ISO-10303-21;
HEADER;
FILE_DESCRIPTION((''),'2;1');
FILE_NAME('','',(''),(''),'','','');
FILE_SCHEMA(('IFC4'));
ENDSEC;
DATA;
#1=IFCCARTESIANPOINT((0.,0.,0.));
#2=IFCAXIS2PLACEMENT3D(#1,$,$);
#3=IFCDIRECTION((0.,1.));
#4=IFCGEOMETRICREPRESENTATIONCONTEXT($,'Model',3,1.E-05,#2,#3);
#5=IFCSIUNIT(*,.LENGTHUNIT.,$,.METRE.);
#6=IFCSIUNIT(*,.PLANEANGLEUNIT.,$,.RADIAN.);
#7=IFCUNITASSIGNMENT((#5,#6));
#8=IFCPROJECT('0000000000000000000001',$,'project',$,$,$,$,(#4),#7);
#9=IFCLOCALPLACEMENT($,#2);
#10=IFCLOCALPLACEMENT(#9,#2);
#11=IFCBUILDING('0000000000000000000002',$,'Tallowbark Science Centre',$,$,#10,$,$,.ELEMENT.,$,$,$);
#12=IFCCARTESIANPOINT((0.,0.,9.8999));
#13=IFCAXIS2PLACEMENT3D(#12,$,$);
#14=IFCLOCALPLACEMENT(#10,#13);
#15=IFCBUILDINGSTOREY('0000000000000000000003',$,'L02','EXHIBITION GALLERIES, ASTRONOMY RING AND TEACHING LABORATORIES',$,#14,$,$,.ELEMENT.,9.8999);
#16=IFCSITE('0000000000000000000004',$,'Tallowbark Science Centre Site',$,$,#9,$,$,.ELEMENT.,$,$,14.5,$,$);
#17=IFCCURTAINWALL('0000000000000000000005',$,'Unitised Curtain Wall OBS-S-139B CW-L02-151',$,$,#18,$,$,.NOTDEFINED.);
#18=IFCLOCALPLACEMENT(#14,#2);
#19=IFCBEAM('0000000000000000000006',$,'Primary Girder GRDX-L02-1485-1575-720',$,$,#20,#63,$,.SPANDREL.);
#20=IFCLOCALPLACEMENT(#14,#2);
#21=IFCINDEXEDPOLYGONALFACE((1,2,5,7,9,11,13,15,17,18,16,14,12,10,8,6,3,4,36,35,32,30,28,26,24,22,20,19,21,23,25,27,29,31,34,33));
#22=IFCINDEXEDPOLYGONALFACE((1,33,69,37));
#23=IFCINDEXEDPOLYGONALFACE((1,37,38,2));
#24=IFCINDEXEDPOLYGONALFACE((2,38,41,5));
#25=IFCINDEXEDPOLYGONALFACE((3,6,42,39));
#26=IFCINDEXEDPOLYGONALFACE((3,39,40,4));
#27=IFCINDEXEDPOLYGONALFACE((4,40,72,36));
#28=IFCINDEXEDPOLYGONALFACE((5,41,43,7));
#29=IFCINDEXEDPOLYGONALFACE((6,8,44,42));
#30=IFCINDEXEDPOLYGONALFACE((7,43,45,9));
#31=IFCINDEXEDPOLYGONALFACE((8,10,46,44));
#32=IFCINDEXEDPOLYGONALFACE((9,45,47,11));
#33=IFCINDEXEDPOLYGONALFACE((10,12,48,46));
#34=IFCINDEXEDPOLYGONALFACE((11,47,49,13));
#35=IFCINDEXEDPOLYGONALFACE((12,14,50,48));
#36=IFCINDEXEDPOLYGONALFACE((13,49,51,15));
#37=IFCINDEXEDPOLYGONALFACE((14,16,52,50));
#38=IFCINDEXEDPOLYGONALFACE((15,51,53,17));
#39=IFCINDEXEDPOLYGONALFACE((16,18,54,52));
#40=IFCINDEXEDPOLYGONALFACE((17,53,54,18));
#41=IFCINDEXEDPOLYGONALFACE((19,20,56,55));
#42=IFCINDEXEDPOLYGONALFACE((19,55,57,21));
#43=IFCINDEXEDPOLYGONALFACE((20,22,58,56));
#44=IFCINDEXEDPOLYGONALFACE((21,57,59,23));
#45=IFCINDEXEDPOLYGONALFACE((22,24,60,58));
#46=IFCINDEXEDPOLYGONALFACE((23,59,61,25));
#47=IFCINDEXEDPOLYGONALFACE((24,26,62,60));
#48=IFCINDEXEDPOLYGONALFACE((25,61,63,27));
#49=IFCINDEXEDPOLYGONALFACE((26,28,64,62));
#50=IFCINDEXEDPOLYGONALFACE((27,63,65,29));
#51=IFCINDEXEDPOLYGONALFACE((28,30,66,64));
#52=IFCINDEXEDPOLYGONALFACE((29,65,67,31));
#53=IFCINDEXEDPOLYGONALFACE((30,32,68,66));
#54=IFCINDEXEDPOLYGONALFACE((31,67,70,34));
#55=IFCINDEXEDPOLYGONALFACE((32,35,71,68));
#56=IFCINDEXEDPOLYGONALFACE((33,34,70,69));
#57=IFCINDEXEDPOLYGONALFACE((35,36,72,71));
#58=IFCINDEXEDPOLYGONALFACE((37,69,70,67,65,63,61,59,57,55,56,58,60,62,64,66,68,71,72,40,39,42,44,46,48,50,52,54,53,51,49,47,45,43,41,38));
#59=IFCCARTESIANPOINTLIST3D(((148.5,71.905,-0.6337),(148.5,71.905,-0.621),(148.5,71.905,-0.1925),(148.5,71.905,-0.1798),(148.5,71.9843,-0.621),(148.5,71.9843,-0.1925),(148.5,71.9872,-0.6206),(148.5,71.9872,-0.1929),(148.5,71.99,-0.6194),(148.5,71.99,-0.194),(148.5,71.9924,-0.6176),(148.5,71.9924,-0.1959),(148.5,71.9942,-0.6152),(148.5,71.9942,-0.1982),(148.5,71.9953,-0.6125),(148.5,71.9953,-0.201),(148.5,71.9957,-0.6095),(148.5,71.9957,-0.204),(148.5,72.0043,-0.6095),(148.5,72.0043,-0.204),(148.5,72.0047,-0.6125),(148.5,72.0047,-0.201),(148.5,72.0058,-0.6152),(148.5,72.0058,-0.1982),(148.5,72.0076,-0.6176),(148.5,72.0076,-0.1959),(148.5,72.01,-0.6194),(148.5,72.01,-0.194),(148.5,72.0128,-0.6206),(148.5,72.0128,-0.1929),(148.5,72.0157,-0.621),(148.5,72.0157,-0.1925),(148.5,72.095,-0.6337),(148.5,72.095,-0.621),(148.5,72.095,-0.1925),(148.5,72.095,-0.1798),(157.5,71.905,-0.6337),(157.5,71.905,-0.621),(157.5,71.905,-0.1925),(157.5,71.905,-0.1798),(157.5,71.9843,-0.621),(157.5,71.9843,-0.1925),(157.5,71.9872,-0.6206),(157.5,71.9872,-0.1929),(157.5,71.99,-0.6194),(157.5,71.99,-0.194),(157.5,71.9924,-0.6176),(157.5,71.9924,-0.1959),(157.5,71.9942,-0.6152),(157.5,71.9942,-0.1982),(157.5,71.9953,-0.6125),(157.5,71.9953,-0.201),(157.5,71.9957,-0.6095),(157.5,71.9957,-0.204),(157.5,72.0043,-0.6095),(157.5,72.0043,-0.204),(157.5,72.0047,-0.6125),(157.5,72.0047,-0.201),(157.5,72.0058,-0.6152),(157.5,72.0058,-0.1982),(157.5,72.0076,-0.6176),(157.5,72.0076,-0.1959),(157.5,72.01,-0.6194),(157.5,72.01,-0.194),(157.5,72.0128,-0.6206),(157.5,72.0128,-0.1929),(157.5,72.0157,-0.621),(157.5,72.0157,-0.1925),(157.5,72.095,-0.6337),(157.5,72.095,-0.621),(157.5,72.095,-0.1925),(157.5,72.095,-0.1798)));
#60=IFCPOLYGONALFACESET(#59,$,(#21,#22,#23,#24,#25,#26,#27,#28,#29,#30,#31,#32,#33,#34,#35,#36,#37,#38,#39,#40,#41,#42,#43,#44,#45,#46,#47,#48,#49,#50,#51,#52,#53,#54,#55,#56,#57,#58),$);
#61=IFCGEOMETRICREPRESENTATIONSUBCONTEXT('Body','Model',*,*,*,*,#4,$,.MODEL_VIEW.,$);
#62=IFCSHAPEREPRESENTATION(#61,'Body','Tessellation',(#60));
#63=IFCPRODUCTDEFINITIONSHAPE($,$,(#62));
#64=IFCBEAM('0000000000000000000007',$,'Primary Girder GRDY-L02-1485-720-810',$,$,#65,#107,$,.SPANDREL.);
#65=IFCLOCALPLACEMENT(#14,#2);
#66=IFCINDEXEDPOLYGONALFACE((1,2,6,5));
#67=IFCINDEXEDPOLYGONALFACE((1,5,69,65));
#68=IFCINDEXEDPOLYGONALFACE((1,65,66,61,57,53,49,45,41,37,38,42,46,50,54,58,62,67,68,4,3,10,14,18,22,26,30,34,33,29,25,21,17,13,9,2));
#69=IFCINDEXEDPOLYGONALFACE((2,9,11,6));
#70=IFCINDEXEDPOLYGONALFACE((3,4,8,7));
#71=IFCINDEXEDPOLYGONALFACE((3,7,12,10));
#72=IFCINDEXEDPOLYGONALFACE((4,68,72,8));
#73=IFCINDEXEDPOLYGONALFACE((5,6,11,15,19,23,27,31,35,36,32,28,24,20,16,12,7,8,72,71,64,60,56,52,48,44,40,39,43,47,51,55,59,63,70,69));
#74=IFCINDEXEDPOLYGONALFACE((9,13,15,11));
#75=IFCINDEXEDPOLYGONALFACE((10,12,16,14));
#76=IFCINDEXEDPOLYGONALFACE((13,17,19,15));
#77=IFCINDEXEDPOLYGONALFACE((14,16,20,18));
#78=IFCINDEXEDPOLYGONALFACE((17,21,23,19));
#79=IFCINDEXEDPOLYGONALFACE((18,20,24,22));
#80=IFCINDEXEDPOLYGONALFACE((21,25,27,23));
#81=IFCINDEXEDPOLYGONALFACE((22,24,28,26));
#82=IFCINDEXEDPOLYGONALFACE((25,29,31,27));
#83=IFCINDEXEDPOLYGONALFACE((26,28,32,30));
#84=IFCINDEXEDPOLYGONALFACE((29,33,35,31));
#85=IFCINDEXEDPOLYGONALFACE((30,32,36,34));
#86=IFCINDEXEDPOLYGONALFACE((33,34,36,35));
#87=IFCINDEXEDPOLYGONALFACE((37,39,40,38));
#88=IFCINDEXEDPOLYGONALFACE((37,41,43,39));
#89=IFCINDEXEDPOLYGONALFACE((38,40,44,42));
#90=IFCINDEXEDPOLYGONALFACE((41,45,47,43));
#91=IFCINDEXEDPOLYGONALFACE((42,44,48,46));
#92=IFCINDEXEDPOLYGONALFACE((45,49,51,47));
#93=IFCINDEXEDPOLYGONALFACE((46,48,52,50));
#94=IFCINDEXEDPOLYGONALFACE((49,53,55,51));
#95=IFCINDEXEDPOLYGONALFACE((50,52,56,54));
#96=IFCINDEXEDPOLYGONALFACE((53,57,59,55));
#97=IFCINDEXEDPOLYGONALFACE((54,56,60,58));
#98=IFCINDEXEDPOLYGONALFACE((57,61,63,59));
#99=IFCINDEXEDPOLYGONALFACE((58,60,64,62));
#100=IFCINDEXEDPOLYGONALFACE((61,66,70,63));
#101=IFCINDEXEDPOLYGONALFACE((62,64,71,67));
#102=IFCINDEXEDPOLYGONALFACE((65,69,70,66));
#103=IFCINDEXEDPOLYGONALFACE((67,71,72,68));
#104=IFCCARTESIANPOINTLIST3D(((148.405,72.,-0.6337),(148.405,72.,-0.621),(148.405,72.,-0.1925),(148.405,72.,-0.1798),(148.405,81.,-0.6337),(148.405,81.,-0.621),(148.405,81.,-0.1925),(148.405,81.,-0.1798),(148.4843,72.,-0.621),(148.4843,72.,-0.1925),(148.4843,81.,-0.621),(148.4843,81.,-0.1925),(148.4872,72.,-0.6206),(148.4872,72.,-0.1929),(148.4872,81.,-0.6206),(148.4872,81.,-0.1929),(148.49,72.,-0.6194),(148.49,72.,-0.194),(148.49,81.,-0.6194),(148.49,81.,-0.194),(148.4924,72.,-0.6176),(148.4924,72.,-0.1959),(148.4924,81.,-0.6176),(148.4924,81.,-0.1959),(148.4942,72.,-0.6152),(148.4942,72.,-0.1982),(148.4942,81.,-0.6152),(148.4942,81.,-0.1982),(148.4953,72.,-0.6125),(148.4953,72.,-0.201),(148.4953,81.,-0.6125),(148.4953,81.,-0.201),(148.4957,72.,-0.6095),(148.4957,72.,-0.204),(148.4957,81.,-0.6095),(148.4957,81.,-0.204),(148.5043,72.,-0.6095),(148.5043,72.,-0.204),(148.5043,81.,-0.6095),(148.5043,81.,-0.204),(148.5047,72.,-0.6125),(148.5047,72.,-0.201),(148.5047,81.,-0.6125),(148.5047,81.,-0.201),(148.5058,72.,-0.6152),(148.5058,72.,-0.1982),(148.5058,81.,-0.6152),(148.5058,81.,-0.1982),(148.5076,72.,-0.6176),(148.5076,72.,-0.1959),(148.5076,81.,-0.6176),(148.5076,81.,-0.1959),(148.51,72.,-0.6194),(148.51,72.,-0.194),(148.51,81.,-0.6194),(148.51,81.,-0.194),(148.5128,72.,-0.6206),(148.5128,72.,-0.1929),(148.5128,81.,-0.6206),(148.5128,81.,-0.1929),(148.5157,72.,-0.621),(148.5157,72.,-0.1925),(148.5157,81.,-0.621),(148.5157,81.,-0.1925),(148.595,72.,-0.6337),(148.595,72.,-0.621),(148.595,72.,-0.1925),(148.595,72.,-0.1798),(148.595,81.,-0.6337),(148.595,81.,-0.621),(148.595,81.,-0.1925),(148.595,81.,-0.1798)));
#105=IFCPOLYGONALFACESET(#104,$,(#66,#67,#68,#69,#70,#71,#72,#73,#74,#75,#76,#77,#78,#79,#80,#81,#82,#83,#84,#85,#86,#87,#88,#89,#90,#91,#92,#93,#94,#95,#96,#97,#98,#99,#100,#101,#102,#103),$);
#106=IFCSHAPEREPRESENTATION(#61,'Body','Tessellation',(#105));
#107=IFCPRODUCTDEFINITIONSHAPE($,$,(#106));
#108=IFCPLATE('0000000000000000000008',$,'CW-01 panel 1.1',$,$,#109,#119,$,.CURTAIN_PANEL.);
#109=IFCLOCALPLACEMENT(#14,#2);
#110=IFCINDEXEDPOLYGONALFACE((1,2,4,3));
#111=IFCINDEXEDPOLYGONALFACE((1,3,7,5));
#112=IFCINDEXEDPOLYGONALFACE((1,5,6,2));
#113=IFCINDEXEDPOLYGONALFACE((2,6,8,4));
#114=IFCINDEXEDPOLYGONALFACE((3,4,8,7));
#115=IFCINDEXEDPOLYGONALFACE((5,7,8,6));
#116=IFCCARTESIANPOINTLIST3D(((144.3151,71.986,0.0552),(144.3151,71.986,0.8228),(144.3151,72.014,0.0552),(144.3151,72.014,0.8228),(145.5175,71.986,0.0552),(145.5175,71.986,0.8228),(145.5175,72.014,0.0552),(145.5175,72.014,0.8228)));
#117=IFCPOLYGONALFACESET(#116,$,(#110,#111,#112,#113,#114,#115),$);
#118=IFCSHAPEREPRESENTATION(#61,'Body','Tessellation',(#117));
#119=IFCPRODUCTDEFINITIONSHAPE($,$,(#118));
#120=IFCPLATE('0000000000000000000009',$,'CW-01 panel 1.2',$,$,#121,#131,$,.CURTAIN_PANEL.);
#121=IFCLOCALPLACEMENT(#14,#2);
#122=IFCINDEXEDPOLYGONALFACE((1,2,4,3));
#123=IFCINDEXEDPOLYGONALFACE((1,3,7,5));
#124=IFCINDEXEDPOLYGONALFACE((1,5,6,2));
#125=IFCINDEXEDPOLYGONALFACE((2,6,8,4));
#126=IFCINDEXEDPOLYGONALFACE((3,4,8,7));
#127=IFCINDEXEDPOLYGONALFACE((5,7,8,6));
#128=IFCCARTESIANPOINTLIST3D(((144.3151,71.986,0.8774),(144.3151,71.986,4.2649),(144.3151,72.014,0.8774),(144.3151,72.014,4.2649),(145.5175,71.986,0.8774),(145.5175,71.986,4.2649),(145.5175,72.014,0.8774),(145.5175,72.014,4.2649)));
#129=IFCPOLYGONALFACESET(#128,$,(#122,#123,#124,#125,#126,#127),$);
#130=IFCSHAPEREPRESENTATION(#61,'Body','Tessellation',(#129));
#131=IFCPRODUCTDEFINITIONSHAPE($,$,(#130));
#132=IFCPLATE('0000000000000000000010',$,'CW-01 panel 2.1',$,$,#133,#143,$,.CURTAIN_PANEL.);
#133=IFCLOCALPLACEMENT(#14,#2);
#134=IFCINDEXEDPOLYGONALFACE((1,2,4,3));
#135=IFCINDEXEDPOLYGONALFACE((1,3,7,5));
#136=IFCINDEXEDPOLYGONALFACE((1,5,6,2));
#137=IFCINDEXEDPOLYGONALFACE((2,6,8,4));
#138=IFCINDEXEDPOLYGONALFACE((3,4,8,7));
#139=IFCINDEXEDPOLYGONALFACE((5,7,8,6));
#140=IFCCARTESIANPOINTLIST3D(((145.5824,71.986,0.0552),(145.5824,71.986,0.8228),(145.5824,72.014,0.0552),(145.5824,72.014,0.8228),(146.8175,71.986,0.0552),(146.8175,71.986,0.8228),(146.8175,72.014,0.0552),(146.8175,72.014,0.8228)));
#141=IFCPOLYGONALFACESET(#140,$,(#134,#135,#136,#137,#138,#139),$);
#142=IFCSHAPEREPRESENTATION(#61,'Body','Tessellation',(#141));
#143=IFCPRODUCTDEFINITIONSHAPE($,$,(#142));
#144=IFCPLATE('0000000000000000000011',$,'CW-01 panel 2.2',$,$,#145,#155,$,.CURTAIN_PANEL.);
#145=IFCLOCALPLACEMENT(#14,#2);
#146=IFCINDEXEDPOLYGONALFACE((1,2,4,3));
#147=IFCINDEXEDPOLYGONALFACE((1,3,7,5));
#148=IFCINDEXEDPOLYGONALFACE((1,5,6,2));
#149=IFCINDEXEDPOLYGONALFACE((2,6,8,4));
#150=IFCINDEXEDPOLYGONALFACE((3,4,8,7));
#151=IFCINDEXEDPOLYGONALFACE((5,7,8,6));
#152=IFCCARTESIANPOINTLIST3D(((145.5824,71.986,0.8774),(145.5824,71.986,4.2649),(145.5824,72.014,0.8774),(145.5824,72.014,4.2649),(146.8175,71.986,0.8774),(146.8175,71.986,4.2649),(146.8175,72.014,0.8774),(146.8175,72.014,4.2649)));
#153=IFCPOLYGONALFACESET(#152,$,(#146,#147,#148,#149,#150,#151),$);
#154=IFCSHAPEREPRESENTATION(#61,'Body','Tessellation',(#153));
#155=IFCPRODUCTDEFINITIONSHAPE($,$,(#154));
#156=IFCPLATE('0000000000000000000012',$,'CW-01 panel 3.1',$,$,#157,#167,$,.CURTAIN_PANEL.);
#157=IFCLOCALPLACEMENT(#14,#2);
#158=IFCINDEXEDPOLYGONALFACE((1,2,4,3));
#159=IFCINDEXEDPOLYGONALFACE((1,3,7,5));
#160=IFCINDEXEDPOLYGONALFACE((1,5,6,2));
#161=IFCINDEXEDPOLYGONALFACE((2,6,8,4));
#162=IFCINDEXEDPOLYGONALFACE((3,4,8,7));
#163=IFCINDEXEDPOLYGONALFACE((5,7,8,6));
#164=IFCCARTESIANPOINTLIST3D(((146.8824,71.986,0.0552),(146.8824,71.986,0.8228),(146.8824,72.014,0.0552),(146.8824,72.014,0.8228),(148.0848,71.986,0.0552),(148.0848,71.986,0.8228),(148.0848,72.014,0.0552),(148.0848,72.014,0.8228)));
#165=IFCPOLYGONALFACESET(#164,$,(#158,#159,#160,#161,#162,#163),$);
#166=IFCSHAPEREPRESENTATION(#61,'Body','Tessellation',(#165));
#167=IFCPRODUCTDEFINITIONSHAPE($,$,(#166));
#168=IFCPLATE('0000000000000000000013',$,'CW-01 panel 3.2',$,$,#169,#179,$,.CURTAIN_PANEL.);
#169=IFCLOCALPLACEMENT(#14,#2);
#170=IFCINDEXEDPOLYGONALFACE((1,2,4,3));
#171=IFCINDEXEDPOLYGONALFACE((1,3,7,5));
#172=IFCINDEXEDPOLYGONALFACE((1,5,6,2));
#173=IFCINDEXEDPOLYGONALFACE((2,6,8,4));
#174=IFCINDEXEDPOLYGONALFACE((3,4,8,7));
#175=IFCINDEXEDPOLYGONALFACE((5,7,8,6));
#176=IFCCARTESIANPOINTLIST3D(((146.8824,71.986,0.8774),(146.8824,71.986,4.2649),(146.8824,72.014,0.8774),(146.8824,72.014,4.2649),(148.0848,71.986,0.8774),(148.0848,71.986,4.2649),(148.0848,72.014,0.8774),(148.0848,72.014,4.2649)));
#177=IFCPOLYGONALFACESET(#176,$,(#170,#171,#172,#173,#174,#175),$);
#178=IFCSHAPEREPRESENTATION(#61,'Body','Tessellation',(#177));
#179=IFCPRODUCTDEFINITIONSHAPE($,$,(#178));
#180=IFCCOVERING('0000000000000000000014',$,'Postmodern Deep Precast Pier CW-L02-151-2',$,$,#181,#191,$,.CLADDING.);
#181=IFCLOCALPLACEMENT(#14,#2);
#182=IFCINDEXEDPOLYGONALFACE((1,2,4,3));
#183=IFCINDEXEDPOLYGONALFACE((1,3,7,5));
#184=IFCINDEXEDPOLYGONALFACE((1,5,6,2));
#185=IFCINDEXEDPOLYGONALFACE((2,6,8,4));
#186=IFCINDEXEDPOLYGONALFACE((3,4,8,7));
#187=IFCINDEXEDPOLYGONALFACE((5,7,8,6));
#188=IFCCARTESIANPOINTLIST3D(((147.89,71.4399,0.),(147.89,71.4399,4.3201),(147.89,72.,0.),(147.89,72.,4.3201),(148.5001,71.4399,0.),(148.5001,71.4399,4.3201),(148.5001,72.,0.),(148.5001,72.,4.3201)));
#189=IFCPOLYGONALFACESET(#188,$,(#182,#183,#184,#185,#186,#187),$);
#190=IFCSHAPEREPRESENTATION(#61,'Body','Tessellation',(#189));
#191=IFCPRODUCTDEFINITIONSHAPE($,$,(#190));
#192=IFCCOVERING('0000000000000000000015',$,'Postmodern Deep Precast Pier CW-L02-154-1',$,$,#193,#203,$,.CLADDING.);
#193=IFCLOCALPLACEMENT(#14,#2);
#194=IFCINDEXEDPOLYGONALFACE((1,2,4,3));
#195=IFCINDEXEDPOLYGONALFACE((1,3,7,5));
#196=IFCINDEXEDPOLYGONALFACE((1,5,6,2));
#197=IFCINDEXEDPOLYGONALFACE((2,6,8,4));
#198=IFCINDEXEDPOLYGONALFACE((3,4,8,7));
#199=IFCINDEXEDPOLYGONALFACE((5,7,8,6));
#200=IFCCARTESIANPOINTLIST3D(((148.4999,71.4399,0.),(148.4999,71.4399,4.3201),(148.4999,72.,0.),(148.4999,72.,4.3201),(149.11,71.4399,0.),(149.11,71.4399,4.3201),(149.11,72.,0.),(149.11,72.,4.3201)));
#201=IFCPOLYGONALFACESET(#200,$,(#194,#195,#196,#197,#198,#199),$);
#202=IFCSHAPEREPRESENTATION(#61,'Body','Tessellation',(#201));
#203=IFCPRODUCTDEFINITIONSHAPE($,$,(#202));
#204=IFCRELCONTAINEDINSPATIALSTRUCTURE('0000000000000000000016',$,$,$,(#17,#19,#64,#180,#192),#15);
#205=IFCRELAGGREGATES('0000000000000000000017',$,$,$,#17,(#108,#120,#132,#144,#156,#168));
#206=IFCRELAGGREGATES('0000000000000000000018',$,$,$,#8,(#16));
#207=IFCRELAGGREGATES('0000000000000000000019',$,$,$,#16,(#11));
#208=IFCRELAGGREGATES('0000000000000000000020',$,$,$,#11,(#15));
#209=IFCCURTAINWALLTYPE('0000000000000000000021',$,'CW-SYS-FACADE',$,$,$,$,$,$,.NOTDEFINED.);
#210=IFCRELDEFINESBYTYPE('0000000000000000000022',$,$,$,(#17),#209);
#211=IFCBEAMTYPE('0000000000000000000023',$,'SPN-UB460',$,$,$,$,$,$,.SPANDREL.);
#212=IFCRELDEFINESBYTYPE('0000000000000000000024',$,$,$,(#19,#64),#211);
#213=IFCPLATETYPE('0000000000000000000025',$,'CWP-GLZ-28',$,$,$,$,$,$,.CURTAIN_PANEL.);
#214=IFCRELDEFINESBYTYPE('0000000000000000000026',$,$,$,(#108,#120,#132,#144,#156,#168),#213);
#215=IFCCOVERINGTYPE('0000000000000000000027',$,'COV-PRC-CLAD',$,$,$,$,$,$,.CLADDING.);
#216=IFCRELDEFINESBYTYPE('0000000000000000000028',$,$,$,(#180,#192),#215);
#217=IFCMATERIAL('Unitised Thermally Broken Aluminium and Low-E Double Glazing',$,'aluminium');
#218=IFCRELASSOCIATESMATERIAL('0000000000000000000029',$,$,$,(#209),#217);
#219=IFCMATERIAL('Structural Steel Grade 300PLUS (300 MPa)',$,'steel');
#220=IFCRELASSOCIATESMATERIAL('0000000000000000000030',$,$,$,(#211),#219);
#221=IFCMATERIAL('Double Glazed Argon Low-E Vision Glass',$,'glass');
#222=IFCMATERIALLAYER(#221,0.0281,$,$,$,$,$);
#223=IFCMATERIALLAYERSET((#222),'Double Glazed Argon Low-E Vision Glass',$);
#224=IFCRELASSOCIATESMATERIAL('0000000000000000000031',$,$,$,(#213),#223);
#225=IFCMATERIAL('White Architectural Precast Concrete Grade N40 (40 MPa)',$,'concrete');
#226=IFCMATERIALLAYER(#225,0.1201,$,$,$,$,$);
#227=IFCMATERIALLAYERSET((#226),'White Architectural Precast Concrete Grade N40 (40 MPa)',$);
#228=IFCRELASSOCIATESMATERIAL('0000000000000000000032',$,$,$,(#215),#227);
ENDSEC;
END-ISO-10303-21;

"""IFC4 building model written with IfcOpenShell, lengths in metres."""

from ifc_helpers import new_model, si_unit, direction, frame, origin, origin_2d, place, context, subcontext, project, spatial, rectangle, i_section, extrude, material, layer, layer_set, material_profile, profile_set, type_object, element, aggregate, save


model = new_model("IFC4")

# Units and contexts
model_context = context("Model", 3, precision=1e-05, world=origin(), true_north=direction((0.0, 1.0)))
body_context = subcontext(model_context, "Body", "Model", "MODEL_VIEW")
ifc_project = project(units=[si_unit("LENGTHUNIT", "METRE"), si_unit("PLANEANGLEUNIT", "RADIAN")], contexts=[model_context])

# Site, building, storey
site_placement = place(None, origin())
site = spatial("IfcSite", under=ifc_project, at=site_placement, Name="Tallowbark Science Centre Site", CompositionType="ELEMENT", RefElevation=14.5)
building_placement = place(site_placement, origin())
building = spatial("IfcBuilding", under=site, at=building_placement, Name="Tallowbark Science Centre", CompositionType="ELEMENT")
storey_placement = place(building_placement, frame((0.0, 0.0, 9.8999)))
storey = spatial("IfcBuildingStorey", under=building, at=storey_placement, Name="L02", Description="EXHIBITION GALLERIES, ASTRONOMY RING AND TEACHING LABORATORIES", CompositionType="ELEMENT", Elevation=9.8999)

# Shared definitions
ifc_material_1 = material(Name="Structural Steel Grade 300PLUS (300 MPa)", Category="steel")

# Curtain wall
ifc_material_2 = material(Name="Unitised Thermally Broken Aluminium and Low-E Double Glazing", Category="aluminium")
curtain_wall_type = type_object("IfcCurtainWallType", Name="CW-SYS-FACADE", PredefinedType="NOTDEFINED", material=ifc_material_2)
curtain_wall_placement = place(storey_placement, origin())
curtain_wall = element("IfcCurtainWall", 1, at=curtain_wall_placement, inside=storey, type_object=curtain_wall_type, Name="Unitised Curtain Wall OBS-S-139B CW-L02-151", PredefinedType="NOTDEFINED")

# Beams
ifc_material_profile_1 = material_profile(ifc_material_1, i_section(OverallWidth=0.1899, OverallDepth=0.4539, WebThickness=0.0085, FlangeThickness=0.0127, FilletRadius=0.0115, at=origin_2d()), Name="460UB67.1")
ifc_profile_set_1 = profile_set([ifc_material_profile_1], Name="Structural Steel Grade 300PLUS (300 MPa)")
beam_type = type_object("IfcBeamType", Name="SPN-UB460", PredefinedType="SPANDREL", material=ifc_profile_set_1)
for number, where, z_axis, x_axis, name in (
    (2, (148.5, 72.0, -0.4067), (1.0, 0.0, 0.0), (0.0, 1.0, 0.0), "Primary Girder GRDX-L02-1485-1575-720"),
    (3, (148.5, 72.0, -0.4067), (0.0, 1.0, 0.0), (-1.0, 0.0, 0.0), "Primary Girder GRDY-L02-1485-720-810"),
):
    element("IfcBeam", number, at=place(storey_placement, frame(where, z_axis=z_axis, x_axis=x_axis)), inside=storey, type_object=beam_type, Name=name, PredefinedType="SPANDREL", context=body_context, shape_type="SweptSolid", body=[
        extrude(i_section(OverallWidth=0.1899, OverallDepth=0.4539, WebThickness=0.0085, FlangeThickness=0.0127, FilletRadius=0.0115, at=origin_2d()), origin(), (0.0, 0.0, 1.0), 9.0),
    ])

# Plates
ifc_material_3 = material(Name="Double Glazed Argon Low-E Vision Glass", Category="glass")
ifc_layer_1 = layer(ifc_material_3, 0.0281)
ifc_layer_set_1 = layer_set([ifc_layer_1], Name="Double Glazed Argon Low-E Vision Glass")
plate_type = type_object("IfcPlateType", Name="CWP-GLZ-28", PredefinedType="CURTAIN_PANEL", material=ifc_layer_set_1)
plate_1_placement = place(storey_placement, frame((144.9163, 72.0, 0.0552), z_axis=(0.0, 0.0, 1.0), x_axis=(1.0, 0.0, 0.0)))
plate_1 = element("IfcPlate", 4, at=plate_1_placement, type_object=plate_type, Name="CW-01 panel 1.1", PredefinedType="CURTAIN_PANEL", context=body_context, shape_type="SweptSolid", body=[
    extrude(rectangle(XDim=1.2024, YDim=0.0281, at=origin_2d()), origin(), (0.0, 0.0, 1.0), 0.7676),
])
plate_2_placement = place(storey_placement, frame((144.9163, 72.0, 0.8774), z_axis=(0.0, 0.0, 1.0), x_axis=(1.0, 0.0, 0.0)))
plate_2 = element("IfcPlate", 5, at=plate_2_placement, type_object=plate_type, Name="CW-01 panel 1.2", PredefinedType="CURTAIN_PANEL", context=body_context, shape_type="SweptSolid", body=[
    extrude(rectangle(XDim=1.2024, YDim=0.0281, at=origin_2d()), origin(), (0.0, 0.0, 1.0), 3.3875),
])
plate_3_placement = place(storey_placement, frame((146.2, 72.0, 0.0552), z_axis=(0.0, 0.0, 1.0), x_axis=(1.0, 0.0, 0.0)))
plate_3 = element("IfcPlate", 6, at=plate_3_placement, type_object=plate_type, Name="CW-01 panel 2.1", PredefinedType="CURTAIN_PANEL", context=body_context, shape_type="SweptSolid", body=[
    extrude(rectangle(XDim=1.2351, YDim=0.0281, at=origin_2d()), origin(), (0.0, 0.0, 1.0), 0.7676),
])
plate_4_placement = place(storey_placement, frame((146.2, 72.0, 0.8774), z_axis=(0.0, 0.0, 1.0), x_axis=(1.0, 0.0, 0.0)))
plate_4 = element("IfcPlate", 7, at=plate_4_placement, type_object=plate_type, Name="CW-01 panel 2.2", PredefinedType="CURTAIN_PANEL", context=body_context, shape_type="SweptSolid", body=[
    extrude(rectangle(XDim=1.2351, YDim=0.0281, at=origin_2d()), origin(), (0.0, 0.0, 1.0), 3.3875),
])
plate_5_placement = place(storey_placement, frame((147.4836, 72.0, 0.0552), z_axis=(0.0, 0.0, 1.0), x_axis=(1.0, 0.0, 0.0)))
plate_5 = element("IfcPlate", 8, at=plate_5_placement, type_object=plate_type, Name="CW-01 panel 3.1", PredefinedType="CURTAIN_PANEL", context=body_context, shape_type="SweptSolid", body=[
    extrude(rectangle(XDim=1.2024, YDim=0.0281, at=origin_2d()), origin(), (0.0, 0.0, 1.0), 0.7676),
])
plate_6_placement = place(storey_placement, frame((147.4836, 72.0, 0.8774), z_axis=(0.0, 0.0, 1.0), x_axis=(1.0, 0.0, 0.0)))
plate_6 = element("IfcPlate", 9, at=plate_6_placement, type_object=plate_type, Name="CW-01 panel 3.2", PredefinedType="CURTAIN_PANEL", context=body_context, shape_type="SweptSolid", body=[
    extrude(rectangle(XDim=1.2024, YDim=0.0281, at=origin_2d()), origin(), (0.0, 0.0, 1.0), 3.3875),
])
aggregate(curtain_wall, [plate_1, plate_2, plate_3, plate_4, plate_5, plate_6])

# Coverings
ifc_material_4 = material(Name="White Architectural Precast Concrete Grade N40 (40 MPa)", Category="concrete")
ifc_layer_2 = layer(ifc_material_4, 0.1201)
ifc_layer_set_2 = layer_set([ifc_layer_2], Name="White Architectural Precast Concrete Grade N40 (40 MPa)")
covering_type_1 = type_object("IfcCoveringType", Name="COV-PRC-CLAD", PredefinedType="CLADDING", material=ifc_layer_set_2)
for number, where, z_axis, x_axis, name in (
    (10, (148.1951, 71.72, 0.0), (0.0, 0.0, 1.0), (1.0, 0.0, 0.0), "Postmodern Deep Precast Pier CW-L02-151-2"),
    (11, (148.8049, 71.72, 0.0), (0.0, 0.0, 1.0), (1.0, 0.0, 0.0), "Postmodern Deep Precast Pier CW-L02-154-1"),
):
    element("IfcCovering", number, at=place(storey_placement, frame(where, z_axis=z_axis, x_axis=x_axis)), inside=storey, type_object=covering_type_1, Name=name, PredefinedType="CLADDING", context=body_context, shape_type="SweptSolid", body=[
        extrude(rectangle(XDim=0.6101, YDim=0.5601, at=origin_2d()), origin(), (0.0, 0.0, 1.0), 4.3201),
    ])

save(model, "model.ifc")
